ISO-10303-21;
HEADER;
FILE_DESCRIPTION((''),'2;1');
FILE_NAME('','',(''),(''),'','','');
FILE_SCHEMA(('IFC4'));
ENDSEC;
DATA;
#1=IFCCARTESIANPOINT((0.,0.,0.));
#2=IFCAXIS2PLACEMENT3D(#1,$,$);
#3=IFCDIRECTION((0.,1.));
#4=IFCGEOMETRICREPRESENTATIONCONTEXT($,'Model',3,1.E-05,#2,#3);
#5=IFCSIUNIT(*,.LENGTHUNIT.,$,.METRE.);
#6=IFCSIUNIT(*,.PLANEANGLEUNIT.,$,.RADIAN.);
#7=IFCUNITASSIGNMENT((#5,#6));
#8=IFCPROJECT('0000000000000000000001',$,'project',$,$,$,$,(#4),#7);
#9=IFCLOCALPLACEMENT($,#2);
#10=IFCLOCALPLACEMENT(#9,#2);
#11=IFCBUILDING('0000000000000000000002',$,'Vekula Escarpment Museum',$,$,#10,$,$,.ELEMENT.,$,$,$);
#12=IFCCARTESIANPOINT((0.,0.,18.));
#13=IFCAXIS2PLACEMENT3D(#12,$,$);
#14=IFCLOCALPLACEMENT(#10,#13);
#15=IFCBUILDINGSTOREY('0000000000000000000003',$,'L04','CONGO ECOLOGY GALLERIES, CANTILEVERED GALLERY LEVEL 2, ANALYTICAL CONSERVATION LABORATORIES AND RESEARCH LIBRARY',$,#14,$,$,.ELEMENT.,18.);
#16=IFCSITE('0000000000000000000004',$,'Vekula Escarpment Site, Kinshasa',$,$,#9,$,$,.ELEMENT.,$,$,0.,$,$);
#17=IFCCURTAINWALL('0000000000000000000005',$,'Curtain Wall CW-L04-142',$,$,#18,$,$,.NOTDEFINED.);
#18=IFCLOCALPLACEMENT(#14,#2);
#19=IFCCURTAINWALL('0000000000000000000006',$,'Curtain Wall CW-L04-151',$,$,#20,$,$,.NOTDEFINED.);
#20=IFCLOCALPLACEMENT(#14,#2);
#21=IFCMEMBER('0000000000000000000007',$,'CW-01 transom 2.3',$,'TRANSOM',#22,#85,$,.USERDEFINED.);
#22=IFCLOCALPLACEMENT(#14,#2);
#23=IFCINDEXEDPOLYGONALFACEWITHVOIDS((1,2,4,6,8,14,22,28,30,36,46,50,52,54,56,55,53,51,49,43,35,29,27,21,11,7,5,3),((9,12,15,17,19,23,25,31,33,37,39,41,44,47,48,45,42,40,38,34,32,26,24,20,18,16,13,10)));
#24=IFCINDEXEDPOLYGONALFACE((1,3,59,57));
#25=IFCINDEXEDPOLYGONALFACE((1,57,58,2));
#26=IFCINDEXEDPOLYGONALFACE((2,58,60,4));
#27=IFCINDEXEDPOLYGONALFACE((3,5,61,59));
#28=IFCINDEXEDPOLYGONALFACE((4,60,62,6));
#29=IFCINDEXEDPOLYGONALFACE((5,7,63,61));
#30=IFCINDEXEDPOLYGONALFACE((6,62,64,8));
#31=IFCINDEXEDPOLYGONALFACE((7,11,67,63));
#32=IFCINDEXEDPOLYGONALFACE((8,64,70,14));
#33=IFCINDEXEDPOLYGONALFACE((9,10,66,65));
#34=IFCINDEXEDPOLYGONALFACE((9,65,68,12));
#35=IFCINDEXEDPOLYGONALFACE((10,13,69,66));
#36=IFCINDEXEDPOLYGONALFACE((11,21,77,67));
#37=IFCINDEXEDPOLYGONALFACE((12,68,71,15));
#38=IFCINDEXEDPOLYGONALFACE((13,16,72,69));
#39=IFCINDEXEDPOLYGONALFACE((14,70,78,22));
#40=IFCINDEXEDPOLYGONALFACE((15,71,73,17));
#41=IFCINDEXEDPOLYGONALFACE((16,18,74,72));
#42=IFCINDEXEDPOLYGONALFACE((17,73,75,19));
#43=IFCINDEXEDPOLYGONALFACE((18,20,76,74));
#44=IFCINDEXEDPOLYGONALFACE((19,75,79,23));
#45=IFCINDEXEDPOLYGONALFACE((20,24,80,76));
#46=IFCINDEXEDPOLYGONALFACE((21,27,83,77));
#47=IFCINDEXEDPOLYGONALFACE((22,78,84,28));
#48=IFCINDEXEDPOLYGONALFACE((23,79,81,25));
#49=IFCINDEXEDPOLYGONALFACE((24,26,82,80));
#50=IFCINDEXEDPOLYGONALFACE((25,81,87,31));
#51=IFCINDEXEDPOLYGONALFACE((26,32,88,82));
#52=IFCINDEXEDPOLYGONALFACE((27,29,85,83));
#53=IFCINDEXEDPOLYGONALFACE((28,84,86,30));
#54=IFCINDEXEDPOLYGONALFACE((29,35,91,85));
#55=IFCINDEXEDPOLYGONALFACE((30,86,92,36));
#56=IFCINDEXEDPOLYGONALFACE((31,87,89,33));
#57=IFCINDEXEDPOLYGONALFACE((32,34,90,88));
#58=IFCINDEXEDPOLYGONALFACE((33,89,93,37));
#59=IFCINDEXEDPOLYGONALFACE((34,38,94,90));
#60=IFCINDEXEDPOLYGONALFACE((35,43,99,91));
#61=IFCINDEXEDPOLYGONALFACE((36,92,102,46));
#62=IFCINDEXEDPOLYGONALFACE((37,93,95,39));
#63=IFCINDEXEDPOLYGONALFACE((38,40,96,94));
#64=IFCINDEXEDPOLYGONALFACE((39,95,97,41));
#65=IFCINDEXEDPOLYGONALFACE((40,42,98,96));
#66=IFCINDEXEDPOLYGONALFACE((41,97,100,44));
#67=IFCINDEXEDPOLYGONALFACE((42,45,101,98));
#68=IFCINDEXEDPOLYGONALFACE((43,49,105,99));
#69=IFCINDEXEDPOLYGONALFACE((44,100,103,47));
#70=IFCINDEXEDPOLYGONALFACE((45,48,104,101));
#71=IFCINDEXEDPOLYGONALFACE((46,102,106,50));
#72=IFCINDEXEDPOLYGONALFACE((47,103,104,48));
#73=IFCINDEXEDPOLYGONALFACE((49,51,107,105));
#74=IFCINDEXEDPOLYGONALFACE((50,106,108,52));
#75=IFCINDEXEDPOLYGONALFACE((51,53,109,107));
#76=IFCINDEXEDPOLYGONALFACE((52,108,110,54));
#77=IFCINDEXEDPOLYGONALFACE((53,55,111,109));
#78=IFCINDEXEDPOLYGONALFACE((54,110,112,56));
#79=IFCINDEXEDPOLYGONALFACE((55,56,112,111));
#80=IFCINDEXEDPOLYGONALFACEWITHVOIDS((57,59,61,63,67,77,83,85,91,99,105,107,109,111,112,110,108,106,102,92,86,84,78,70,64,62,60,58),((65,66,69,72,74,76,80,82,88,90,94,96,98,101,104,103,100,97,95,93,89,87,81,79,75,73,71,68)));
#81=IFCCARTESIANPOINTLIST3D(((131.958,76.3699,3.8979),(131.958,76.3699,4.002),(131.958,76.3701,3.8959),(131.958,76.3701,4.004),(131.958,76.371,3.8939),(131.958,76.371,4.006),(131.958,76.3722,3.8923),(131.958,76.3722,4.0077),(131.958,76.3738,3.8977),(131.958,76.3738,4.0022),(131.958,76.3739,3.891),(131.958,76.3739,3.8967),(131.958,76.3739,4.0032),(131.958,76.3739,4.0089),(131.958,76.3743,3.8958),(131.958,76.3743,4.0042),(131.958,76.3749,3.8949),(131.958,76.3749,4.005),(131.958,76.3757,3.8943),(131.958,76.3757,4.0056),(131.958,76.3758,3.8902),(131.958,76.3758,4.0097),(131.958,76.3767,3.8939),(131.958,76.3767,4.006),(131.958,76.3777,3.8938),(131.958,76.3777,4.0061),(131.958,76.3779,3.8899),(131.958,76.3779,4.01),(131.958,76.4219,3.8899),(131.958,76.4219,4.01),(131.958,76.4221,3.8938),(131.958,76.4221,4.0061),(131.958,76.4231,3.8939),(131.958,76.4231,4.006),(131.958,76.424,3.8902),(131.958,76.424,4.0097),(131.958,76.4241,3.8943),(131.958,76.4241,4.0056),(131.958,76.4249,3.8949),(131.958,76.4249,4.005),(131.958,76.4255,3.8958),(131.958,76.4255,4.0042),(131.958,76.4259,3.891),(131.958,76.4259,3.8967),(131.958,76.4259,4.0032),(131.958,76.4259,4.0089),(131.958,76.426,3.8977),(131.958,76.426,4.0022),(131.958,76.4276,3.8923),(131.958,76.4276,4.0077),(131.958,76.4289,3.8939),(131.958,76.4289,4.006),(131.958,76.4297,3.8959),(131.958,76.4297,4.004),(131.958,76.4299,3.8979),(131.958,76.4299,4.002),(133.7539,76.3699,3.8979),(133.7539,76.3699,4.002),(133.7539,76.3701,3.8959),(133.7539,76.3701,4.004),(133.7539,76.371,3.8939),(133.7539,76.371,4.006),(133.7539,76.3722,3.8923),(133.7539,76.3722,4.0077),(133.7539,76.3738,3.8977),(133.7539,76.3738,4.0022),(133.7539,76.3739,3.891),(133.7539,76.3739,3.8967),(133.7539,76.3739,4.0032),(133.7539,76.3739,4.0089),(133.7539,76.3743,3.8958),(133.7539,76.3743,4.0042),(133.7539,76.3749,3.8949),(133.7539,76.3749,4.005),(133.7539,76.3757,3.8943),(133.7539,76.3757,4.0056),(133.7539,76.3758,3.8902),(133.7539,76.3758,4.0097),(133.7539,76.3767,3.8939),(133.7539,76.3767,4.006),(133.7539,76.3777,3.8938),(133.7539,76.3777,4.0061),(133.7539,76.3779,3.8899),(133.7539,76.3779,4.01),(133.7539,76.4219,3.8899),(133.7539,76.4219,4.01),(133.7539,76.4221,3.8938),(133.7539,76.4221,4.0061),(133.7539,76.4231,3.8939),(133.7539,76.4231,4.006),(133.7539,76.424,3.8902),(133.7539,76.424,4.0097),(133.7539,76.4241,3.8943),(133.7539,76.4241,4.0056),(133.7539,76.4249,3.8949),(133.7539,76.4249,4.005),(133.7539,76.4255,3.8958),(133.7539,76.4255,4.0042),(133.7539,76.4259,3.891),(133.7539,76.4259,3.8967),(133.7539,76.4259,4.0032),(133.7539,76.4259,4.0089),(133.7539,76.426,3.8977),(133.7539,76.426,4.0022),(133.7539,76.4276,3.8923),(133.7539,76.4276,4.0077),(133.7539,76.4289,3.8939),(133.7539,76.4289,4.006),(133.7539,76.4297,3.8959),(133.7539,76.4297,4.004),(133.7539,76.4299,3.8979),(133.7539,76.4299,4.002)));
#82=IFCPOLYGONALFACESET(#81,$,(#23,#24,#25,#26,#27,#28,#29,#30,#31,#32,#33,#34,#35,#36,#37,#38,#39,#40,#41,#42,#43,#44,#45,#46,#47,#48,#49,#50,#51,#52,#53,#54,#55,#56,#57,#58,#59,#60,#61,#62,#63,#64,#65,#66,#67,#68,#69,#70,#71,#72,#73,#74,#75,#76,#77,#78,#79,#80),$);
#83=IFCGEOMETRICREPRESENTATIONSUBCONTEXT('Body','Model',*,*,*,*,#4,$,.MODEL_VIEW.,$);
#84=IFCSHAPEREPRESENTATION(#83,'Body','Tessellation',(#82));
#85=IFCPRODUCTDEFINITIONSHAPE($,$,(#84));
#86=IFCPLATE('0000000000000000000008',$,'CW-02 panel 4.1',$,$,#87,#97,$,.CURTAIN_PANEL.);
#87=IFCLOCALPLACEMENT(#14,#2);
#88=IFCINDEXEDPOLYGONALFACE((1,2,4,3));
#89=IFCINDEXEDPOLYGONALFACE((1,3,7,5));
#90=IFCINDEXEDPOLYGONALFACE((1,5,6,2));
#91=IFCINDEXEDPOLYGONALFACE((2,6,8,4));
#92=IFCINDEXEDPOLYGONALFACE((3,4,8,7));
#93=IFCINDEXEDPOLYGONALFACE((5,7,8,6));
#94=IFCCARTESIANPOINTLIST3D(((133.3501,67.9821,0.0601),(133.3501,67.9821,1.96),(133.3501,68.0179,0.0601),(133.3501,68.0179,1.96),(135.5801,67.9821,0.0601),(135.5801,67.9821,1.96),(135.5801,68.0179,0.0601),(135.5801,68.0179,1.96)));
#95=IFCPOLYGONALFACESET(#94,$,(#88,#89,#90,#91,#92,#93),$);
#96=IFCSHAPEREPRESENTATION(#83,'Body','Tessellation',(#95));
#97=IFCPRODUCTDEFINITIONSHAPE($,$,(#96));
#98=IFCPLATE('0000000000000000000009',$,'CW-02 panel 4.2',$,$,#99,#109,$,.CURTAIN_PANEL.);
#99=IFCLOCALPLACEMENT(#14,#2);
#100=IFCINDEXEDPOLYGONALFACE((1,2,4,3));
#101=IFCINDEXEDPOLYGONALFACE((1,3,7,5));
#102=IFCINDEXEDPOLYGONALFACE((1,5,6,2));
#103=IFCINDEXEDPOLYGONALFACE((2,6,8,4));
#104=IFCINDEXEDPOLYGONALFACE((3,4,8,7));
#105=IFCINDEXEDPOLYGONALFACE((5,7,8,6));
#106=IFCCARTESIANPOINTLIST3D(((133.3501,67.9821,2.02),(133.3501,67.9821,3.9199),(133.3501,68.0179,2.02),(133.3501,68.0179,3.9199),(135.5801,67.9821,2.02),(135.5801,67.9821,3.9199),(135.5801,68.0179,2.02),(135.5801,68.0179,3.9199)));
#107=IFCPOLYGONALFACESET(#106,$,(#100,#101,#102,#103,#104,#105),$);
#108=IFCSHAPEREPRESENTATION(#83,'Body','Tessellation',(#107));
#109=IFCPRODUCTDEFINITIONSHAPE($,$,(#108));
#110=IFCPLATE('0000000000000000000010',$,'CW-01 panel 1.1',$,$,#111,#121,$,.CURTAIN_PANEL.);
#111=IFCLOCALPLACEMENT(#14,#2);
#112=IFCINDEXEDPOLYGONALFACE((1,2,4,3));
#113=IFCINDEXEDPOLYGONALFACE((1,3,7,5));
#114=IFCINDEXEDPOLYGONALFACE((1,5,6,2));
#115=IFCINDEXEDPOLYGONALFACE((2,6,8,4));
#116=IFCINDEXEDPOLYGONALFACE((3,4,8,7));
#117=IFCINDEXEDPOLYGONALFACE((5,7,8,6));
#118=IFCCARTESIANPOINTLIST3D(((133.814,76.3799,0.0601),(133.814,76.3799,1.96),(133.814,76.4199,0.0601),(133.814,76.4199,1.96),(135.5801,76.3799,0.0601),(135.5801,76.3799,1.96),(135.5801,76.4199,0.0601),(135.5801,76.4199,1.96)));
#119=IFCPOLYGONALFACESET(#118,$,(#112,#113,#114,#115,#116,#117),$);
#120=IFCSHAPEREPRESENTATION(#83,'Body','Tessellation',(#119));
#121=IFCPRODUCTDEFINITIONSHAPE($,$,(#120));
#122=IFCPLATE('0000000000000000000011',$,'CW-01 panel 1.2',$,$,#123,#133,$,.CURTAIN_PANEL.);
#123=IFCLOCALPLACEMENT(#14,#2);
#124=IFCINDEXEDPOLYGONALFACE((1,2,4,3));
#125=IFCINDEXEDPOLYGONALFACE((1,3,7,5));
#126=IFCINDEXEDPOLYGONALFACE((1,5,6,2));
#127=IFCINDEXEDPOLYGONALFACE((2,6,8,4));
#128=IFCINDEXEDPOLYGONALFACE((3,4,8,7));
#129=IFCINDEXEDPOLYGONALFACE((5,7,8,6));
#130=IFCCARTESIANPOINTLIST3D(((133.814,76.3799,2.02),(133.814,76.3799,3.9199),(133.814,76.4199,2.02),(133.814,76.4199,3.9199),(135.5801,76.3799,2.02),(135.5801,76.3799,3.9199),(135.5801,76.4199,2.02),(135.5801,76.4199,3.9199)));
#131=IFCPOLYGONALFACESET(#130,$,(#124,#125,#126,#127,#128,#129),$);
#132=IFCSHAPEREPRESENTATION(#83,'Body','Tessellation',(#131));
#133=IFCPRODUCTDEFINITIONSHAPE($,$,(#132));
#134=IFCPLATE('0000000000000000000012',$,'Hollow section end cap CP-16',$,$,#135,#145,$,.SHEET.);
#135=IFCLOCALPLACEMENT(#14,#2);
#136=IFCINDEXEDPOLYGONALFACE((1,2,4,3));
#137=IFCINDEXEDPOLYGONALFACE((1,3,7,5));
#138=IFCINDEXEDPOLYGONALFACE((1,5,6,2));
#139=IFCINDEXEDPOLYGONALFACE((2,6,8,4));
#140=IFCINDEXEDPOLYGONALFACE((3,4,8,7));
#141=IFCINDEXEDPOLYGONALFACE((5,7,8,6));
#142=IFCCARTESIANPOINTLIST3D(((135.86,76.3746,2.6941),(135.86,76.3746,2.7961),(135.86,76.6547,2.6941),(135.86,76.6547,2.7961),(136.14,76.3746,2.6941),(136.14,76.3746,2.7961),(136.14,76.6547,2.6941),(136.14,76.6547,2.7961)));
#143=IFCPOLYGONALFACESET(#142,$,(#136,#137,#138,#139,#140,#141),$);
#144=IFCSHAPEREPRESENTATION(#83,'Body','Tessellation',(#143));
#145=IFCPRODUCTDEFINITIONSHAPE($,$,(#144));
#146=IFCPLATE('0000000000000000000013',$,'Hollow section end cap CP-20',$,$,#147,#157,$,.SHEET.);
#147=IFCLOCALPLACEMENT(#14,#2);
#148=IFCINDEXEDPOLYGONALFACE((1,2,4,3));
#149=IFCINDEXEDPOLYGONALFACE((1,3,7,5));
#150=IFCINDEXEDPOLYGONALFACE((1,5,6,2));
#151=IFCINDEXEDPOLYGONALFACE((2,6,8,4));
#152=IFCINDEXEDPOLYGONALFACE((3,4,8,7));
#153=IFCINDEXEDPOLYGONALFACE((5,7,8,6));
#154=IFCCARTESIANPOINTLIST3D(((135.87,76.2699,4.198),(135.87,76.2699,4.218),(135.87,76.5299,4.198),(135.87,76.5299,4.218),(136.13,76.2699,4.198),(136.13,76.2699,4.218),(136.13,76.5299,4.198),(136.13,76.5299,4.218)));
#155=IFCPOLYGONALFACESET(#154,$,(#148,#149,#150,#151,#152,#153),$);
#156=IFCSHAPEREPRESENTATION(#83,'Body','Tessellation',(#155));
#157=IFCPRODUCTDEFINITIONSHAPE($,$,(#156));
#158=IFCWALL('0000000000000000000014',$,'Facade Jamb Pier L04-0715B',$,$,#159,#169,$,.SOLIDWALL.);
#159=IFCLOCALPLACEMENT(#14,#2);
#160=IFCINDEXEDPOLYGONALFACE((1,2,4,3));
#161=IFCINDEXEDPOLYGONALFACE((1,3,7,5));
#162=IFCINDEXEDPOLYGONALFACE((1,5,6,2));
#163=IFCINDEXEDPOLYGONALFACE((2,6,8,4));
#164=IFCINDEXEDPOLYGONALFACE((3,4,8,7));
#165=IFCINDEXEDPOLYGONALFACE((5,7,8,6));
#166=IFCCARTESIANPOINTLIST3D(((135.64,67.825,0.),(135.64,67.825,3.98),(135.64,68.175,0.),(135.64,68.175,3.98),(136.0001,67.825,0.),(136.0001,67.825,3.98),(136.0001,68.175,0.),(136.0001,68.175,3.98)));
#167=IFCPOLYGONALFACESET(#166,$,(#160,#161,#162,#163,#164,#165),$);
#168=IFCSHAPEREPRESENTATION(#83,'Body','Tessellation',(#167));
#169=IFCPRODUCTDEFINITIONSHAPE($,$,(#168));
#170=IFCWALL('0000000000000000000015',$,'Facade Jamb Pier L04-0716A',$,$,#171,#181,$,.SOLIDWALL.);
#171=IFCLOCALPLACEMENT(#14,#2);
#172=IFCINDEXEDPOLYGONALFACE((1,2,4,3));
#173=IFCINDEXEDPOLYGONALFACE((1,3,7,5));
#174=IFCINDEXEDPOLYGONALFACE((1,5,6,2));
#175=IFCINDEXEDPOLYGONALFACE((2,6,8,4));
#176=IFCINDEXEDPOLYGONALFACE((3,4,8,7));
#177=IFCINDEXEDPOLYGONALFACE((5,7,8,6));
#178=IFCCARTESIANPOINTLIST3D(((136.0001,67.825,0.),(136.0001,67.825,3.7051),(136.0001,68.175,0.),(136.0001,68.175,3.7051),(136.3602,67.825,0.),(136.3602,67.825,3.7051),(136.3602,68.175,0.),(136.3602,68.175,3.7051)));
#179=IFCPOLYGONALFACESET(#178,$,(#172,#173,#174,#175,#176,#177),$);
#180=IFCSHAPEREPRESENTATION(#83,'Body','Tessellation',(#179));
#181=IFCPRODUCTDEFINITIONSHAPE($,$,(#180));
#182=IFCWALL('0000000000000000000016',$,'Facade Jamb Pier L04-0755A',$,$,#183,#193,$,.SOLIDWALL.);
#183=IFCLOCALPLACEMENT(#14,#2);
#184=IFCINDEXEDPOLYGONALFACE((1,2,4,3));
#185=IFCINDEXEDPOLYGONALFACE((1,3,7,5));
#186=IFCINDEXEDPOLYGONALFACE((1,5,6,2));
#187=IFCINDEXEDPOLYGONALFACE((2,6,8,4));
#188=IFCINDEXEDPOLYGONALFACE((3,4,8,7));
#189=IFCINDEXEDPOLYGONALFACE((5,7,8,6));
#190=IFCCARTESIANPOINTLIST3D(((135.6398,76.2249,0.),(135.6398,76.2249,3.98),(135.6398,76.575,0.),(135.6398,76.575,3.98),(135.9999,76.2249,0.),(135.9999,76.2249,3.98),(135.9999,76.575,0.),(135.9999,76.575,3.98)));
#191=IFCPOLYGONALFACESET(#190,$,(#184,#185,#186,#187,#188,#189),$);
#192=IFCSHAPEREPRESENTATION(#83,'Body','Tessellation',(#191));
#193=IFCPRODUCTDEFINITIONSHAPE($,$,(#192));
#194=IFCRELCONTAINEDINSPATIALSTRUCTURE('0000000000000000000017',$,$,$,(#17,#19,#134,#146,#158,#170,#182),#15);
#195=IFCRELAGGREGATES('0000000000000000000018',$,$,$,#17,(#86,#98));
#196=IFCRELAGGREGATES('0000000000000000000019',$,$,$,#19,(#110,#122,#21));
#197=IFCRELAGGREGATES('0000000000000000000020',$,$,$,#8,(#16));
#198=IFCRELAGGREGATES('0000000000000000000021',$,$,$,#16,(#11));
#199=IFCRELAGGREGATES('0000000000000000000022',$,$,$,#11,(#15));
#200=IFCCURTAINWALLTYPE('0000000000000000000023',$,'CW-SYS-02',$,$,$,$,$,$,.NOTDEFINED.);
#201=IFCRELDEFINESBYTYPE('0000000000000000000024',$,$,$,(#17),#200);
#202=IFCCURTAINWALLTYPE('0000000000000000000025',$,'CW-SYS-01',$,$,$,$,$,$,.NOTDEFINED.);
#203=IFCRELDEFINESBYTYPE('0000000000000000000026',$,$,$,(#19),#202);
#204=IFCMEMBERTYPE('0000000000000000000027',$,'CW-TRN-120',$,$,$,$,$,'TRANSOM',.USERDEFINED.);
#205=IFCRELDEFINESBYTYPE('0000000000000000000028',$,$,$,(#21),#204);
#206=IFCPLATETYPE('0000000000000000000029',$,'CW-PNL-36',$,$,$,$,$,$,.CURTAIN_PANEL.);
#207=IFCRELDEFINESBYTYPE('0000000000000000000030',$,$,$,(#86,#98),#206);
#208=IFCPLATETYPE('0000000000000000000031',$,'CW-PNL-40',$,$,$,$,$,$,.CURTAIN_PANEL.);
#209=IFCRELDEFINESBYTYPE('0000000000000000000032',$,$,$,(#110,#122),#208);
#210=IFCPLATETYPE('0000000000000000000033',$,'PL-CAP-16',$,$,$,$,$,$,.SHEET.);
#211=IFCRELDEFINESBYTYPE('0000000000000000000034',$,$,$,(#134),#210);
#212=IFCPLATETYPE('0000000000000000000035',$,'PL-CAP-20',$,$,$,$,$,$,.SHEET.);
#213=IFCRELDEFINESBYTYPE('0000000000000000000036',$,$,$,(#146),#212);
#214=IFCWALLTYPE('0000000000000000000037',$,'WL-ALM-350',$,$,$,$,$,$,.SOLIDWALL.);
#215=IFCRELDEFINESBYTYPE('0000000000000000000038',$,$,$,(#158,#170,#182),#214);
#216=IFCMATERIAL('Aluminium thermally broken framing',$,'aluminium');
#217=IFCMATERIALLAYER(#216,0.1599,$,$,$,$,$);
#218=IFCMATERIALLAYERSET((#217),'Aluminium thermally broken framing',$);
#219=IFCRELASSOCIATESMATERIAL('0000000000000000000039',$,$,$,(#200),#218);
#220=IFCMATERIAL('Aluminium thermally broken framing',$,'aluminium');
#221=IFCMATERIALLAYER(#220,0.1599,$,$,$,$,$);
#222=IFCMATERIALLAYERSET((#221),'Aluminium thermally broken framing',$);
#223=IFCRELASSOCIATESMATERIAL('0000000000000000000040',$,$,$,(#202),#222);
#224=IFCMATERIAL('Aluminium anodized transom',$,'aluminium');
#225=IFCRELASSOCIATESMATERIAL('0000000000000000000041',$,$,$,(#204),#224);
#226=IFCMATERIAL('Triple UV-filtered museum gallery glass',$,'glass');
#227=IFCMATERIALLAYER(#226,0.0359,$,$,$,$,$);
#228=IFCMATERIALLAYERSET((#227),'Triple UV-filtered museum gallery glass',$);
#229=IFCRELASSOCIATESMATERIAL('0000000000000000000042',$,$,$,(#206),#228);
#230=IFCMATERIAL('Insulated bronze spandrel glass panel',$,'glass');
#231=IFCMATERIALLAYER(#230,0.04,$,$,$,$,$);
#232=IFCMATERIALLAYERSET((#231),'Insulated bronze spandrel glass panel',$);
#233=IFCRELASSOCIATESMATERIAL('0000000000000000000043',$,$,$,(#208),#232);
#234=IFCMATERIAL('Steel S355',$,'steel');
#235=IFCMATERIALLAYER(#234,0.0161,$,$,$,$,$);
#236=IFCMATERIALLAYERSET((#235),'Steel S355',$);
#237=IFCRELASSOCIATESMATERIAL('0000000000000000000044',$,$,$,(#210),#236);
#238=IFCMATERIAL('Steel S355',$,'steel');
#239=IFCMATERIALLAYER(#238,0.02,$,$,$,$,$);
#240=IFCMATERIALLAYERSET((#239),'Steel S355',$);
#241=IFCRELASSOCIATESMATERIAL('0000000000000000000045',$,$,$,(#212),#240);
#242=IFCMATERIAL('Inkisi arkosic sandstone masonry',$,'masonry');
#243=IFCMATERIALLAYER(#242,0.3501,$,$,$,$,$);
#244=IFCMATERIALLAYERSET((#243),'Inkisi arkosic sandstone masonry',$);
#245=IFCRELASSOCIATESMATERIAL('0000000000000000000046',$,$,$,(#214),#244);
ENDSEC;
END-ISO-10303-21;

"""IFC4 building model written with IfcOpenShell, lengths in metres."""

from ifc_helpers import new_model, si_unit, direction, frame, frame_2d, origin, origin_2d, place, context, subcontext, project, spatial, rectangle, hollow_rectangle, extrude, material, layer, layer_set, material_profile, profile_set, type_object, element, aggregate, save


model = new_model("IFC4")

# Units and contexts
model_context = context("Model", 3, precision=1e-05, world=origin(), true_north=direction((0.0, 1.0)))
body_context = subcontext(model_context, "Body", "Model", "MODEL_VIEW")
ifc_project = project(units=[si_unit("LENGTHUNIT", "METRE"), si_unit("PLANEANGLEUNIT", "RADIAN")], contexts=[model_context])

# Site, building, storey
site_placement = place(None, origin())
site = spatial("IfcSite", under=ifc_project, at=site_placement, Name="Vekula Escarpment Site, Kinshasa", CompositionType="ELEMENT", RefElevation=0.0)
building_placement = place(site_placement, origin())
building = spatial("IfcBuilding", under=site, at=building_placement, Name="Vekula Escarpment Museum", CompositionType="ELEMENT")
storey_placement = place(building_placement, frame((0.0, 0.0, 18.0)))
storey = spatial("IfcBuildingStorey", under=building, at=storey_placement, Name="L04", Description="CONGO ECOLOGY GALLERIES, CANTILEVERED GALLERY LEVEL 2, ANALYTICAL CONSERVATION LABORATORIES AND RESEARCH LIBRARY", CompositionType="ELEMENT", Elevation=18.0)

# Curtain walls
ifc_material_1 = material(Name="Aluminium thermally broken framing", Category="aluminium")
ifc_layer_1 = layer(ifc_material_1, 0.1599)
ifc_layer_set_1 = layer_set([ifc_layer_1], Name="Aluminium thermally broken framing")
curtain_wall_type_1 = type_object("IfcCurtainWallType", Name="CW-SYS-02", PredefinedType="NOTDEFINED", material=ifc_layer_set_1)
curtain_wall_1_placement = place(storey_placement, origin())
curtain_wall_1 = element("IfcCurtainWall", 1, at=curtain_wall_1_placement, inside=storey, type_object=curtain_wall_type_1, Name="Curtain Wall CW-L04-142", PredefinedType="NOTDEFINED")
ifc_material_2 = material(Name="Aluminium thermally broken framing", Category="aluminium")
ifc_layer_2 = layer(ifc_material_2, 0.1599)
ifc_layer_set_2 = layer_set([ifc_layer_2], Name="Aluminium thermally broken framing")
curtain_wall_type_2 = type_object("IfcCurtainWallType", Name="CW-SYS-01", PredefinedType="NOTDEFINED", material=ifc_layer_set_2)
curtain_wall_2_placement = place(storey_placement, origin())
curtain_wall_2 = element("IfcCurtainWall", 2, at=curtain_wall_2_placement, inside=storey, type_object=curtain_wall_type_2, Name="Curtain Wall CW-L04-151", PredefinedType="NOTDEFINED")

# Member
ifc_material_3 = material(Name="Aluminium anodized transom", Category="aluminium")
ifc_material_profile_1 = material_profile(ifc_material_3, hollow_rectangle(XDim=0.0601, YDim=0.1201, WallThickness=0.0039, InnerFilletRadius=0.0039, OuterFilletRadius=0.0081, at=origin_2d()), Name="ALU 120x60x4")
ifc_profile_set_1 = profile_set([ifc_material_profile_1], Name="Aluminium anodized transom")
member_type_1 = type_object("IfcMemberType", Name="CW-TRN-120", ElementType="TRANSOM", PredefinedType="USERDEFINED", material=ifc_profile_set_1)
member_1_placement = place(storey_placement, frame((133.7539, 76.3999, 3.95), z_axis=(-1.0, 0.0, 0.0), x_axis=(0.0, -1.0, 0.0)))
member_1 = element("IfcMember", 3, at=member_1_placement, type_object=member_type_1, Name="CW-01 transom 2.3", ObjectType="TRANSOM", PredefinedType="USERDEFINED", context=body_context, shape_type="SweptSolid", body=[
    extrude(hollow_rectangle(XDim=0.0601, YDim=0.1201, WallThickness=0.0039, InnerFilletRadius=0.0039, OuterFilletRadius=0.0081, at=origin_2d()), origin(), (0.0, 0.0, 1.0), 1.7959),
])

# Plates
ifc_material_4 = material(Name="Triple UV-filtered museum gallery glass", Category="glass")
ifc_layer_3 = layer(ifc_material_4, 0.0359)
ifc_layer_set_3 = layer_set([ifc_layer_3], Name="Triple UV-filtered museum gallery glass")
plate_type_1 = type_object("IfcPlateType", Name="CW-PNL-36", PredefinedType="CURTAIN_PANEL", material=ifc_layer_set_3)
plate_1_placement = place(storey_placement, frame((134.4651, 68.0, 0.0601), z_axis=(0.0, 0.0, 1.0), x_axis=(1.0, 0.0, 0.0)))
plate_1 = element("IfcPlate", 4, at=plate_1_placement, type_object=plate_type_1, Name="CW-02 panel 4.1", PredefinedType="CURTAIN_PANEL", context=body_context, shape_type="SweptSolid", body=[
    extrude(rectangle(XDim=2.23, YDim=0.0359, at=origin_2d()), origin(), (0.0, 0.0, 1.0), 1.8999),
])
plate_2_placement = place(storey_placement, frame((134.4651, 68.0, 2.02), z_axis=(0.0, 0.0, 1.0), x_axis=(1.0, 0.0, 0.0)))
plate_2 = element("IfcPlate", 5, at=plate_2_placement, type_object=plate_type_1, Name="CW-02 panel 4.2", PredefinedType="CURTAIN_PANEL", context=body_context, shape_type="SweptSolid", body=[
    extrude(rectangle(XDim=2.23, YDim=0.0359, at=origin_2d()), origin(), (0.0, 0.0, 1.0), 1.8999),
])
aggregate(curtain_wall_1, [plate_1, plate_2])
ifc_material_5 = material(Name="Insulated bronze spandrel glass panel", Category="glass")
ifc_layer_4 = layer(ifc_material_5, 0.04)
ifc_layer_set_4 = layer_set([ifc_layer_4], Name="Insulated bronze spandrel glass panel")
plate_type_2 = type_object("IfcPlateType", Name="CW-PNL-40", PredefinedType="CURTAIN_PANEL", material=ifc_layer_set_4)
plate_3_placement = place(storey_placement, frame((134.697, 76.3999, 0.0601), z_axis=(0.0, 0.0, 1.0), x_axis=(-1.0, 0.0, 0.0)))
plate_3 = element("IfcPlate", 6, at=plate_3_placement, type_object=plate_type_2, Name="CW-01 panel 1.1", PredefinedType="CURTAIN_PANEL", context=body_context, shape_type="SweptSolid", body=[
    extrude(rectangle(XDim=1.7661, YDim=0.04, at=origin_2d()), origin(), (0.0, 0.0, 1.0), 1.8999),
])
plate_4_placement = place(storey_placement, frame((134.697, 76.3999, 2.02), z_axis=(0.0, 0.0, 1.0), x_axis=(-1.0, 0.0, 0.0)))
plate_4 = element("IfcPlate", 7, at=plate_4_placement, type_object=plate_type_2, Name="CW-01 panel 1.2", PredefinedType="CURTAIN_PANEL", context=body_context, shape_type="SweptSolid", body=[
    extrude(rectangle(XDim=1.7661, YDim=0.04, at=origin_2d()), origin(), (0.0, 0.0, 1.0), 1.8999),
])
aggregate(curtain_wall_2, [plate_3, plate_4, member_1])

# Plates
ifc_material_6 = material(Name="Steel S355", Category="steel")
ifc_layer_5 = layer(ifc_material_6, 0.0161)
ifc_layer_set_5 = layer_set([ifc_layer_5], Name="Steel S355")
plate_type_3 = type_object("IfcPlateType", Name="PL-CAP-16", PredefinedType="SHEET", material=ifc_layer_set_5)
plate_5_placement = place(storey_placement, frame((136.0, 76.5146, 2.6941), z_axis=(0.0, 0.0, 1.0), x_axis=(1.0, 0.0, 0.0)))
element("IfcPlate", 8, at=plate_5_placement, inside=storey, type_object=plate_type_3, Name="Hollow section end cap CP-16", PredefinedType="SHEET", context=body_context, shape_type="SweptSolid", body=[
    extrude(rectangle(XDim=0.28, YDim=0.28, at=origin_2d()), origin(), (0.0, 0.0, 1.0), 0.1021),
])
ifc_material_7 = material(Name="Steel S355", Category="steel")
ifc_layer_6 = layer(ifc_material_7, 0.02)
ifc_layer_set_6 = layer_set([ifc_layer_6], Name="Steel S355")
plate_type_4 = type_object("IfcPlateType", Name="PL-CAP-20", PredefinedType="SHEET", material=ifc_layer_set_6)
plate_6_placement = place(storey_placement, frame((136.0, 76.3999, 4.198), z_axis=(0.0, 0.0, 1.0), x_axis=(1.0, 0.0, 0.0)))
element("IfcPlate", 9, at=plate_6_placement, inside=storey, type_object=plate_type_4, Name="Hollow section end cap CP-20", PredefinedType="SHEET", context=body_context, shape_type="SweptSolid", body=[
    extrude(rectangle(XDim=0.26, YDim=0.26, at=origin_2d()), origin(), (0.0, 0.0, 1.0), 0.02),
])

# Walls
ifc_material_8 = material(Name="Inkisi arkosic sandstone masonry", Category="masonry")
ifc_layer_7 = layer(ifc_material_8, 0.3501)
ifc_layer_set_7 = layer_set([ifc_layer_7], Name="Inkisi arkosic sandstone masonry")
wall_type = type_object("IfcWallType", Name="WL-ALM-350", PredefinedType="SOLIDWALL", material=ifc_layer_set_7)
wall_1_placement = place(storey_placement, frame((135.6399, 68.0, 0.0), z_axis=(0.0, 0.0, 1.0), x_axis=(1.0, 0.0, 0.0)))
element("IfcWall", 10, at=wall_1_placement, inside=storey, type_object=wall_type, Name="Facade Jamb Pier L04-0715B", PredefinedType="SOLIDWALL", context=body_context, shape_type="SweptSolid", body=[
    extrude(rectangle(XDim=0.3601, YDim=0.3501, at=frame_2d((0.1802, 0.0))), origin(), (0.0, 0.0, 1.0), 3.98),
])
wall_2_placement = place(storey_placement, frame((136.0, 68.0, 0.0), z_axis=(0.0, 0.0, 1.0), x_axis=(1.0, 0.0, 0.0)))
element("IfcWall", 11, at=wall_2_placement, inside=storey, type_object=wall_type, Name="Facade Jamb Pier L04-0716A", PredefinedType="SOLIDWALL", context=body_context, shape_type="SweptSolid", body=[
    extrude(rectangle(XDim=0.3601, YDim=0.3501, at=frame_2d((0.1802, 0.0))), origin(), (0.0, 0.0, 1.0), 3.7051),
])
wall_3_placement = place(storey_placement, frame((136.0, 76.3999, 0.0), z_axis=(0.0, 0.0, 1.0), x_axis=(-1.0, 0.0, 0.0)))
element("IfcWall", 12, at=wall_3_placement, inside=storey, type_object=wall_type, Name="Facade Jamb Pier L04-0755A", PredefinedType="SOLIDWALL", context=body_context, shape_type="SweptSolid", body=[
    extrude(rectangle(XDim=0.3601, YDim=0.3501, at=frame_2d((0.1802, 0.0))), origin(), (0.0, 0.0, 1.0), 3.98),
])

save(model, "model.ifc")
